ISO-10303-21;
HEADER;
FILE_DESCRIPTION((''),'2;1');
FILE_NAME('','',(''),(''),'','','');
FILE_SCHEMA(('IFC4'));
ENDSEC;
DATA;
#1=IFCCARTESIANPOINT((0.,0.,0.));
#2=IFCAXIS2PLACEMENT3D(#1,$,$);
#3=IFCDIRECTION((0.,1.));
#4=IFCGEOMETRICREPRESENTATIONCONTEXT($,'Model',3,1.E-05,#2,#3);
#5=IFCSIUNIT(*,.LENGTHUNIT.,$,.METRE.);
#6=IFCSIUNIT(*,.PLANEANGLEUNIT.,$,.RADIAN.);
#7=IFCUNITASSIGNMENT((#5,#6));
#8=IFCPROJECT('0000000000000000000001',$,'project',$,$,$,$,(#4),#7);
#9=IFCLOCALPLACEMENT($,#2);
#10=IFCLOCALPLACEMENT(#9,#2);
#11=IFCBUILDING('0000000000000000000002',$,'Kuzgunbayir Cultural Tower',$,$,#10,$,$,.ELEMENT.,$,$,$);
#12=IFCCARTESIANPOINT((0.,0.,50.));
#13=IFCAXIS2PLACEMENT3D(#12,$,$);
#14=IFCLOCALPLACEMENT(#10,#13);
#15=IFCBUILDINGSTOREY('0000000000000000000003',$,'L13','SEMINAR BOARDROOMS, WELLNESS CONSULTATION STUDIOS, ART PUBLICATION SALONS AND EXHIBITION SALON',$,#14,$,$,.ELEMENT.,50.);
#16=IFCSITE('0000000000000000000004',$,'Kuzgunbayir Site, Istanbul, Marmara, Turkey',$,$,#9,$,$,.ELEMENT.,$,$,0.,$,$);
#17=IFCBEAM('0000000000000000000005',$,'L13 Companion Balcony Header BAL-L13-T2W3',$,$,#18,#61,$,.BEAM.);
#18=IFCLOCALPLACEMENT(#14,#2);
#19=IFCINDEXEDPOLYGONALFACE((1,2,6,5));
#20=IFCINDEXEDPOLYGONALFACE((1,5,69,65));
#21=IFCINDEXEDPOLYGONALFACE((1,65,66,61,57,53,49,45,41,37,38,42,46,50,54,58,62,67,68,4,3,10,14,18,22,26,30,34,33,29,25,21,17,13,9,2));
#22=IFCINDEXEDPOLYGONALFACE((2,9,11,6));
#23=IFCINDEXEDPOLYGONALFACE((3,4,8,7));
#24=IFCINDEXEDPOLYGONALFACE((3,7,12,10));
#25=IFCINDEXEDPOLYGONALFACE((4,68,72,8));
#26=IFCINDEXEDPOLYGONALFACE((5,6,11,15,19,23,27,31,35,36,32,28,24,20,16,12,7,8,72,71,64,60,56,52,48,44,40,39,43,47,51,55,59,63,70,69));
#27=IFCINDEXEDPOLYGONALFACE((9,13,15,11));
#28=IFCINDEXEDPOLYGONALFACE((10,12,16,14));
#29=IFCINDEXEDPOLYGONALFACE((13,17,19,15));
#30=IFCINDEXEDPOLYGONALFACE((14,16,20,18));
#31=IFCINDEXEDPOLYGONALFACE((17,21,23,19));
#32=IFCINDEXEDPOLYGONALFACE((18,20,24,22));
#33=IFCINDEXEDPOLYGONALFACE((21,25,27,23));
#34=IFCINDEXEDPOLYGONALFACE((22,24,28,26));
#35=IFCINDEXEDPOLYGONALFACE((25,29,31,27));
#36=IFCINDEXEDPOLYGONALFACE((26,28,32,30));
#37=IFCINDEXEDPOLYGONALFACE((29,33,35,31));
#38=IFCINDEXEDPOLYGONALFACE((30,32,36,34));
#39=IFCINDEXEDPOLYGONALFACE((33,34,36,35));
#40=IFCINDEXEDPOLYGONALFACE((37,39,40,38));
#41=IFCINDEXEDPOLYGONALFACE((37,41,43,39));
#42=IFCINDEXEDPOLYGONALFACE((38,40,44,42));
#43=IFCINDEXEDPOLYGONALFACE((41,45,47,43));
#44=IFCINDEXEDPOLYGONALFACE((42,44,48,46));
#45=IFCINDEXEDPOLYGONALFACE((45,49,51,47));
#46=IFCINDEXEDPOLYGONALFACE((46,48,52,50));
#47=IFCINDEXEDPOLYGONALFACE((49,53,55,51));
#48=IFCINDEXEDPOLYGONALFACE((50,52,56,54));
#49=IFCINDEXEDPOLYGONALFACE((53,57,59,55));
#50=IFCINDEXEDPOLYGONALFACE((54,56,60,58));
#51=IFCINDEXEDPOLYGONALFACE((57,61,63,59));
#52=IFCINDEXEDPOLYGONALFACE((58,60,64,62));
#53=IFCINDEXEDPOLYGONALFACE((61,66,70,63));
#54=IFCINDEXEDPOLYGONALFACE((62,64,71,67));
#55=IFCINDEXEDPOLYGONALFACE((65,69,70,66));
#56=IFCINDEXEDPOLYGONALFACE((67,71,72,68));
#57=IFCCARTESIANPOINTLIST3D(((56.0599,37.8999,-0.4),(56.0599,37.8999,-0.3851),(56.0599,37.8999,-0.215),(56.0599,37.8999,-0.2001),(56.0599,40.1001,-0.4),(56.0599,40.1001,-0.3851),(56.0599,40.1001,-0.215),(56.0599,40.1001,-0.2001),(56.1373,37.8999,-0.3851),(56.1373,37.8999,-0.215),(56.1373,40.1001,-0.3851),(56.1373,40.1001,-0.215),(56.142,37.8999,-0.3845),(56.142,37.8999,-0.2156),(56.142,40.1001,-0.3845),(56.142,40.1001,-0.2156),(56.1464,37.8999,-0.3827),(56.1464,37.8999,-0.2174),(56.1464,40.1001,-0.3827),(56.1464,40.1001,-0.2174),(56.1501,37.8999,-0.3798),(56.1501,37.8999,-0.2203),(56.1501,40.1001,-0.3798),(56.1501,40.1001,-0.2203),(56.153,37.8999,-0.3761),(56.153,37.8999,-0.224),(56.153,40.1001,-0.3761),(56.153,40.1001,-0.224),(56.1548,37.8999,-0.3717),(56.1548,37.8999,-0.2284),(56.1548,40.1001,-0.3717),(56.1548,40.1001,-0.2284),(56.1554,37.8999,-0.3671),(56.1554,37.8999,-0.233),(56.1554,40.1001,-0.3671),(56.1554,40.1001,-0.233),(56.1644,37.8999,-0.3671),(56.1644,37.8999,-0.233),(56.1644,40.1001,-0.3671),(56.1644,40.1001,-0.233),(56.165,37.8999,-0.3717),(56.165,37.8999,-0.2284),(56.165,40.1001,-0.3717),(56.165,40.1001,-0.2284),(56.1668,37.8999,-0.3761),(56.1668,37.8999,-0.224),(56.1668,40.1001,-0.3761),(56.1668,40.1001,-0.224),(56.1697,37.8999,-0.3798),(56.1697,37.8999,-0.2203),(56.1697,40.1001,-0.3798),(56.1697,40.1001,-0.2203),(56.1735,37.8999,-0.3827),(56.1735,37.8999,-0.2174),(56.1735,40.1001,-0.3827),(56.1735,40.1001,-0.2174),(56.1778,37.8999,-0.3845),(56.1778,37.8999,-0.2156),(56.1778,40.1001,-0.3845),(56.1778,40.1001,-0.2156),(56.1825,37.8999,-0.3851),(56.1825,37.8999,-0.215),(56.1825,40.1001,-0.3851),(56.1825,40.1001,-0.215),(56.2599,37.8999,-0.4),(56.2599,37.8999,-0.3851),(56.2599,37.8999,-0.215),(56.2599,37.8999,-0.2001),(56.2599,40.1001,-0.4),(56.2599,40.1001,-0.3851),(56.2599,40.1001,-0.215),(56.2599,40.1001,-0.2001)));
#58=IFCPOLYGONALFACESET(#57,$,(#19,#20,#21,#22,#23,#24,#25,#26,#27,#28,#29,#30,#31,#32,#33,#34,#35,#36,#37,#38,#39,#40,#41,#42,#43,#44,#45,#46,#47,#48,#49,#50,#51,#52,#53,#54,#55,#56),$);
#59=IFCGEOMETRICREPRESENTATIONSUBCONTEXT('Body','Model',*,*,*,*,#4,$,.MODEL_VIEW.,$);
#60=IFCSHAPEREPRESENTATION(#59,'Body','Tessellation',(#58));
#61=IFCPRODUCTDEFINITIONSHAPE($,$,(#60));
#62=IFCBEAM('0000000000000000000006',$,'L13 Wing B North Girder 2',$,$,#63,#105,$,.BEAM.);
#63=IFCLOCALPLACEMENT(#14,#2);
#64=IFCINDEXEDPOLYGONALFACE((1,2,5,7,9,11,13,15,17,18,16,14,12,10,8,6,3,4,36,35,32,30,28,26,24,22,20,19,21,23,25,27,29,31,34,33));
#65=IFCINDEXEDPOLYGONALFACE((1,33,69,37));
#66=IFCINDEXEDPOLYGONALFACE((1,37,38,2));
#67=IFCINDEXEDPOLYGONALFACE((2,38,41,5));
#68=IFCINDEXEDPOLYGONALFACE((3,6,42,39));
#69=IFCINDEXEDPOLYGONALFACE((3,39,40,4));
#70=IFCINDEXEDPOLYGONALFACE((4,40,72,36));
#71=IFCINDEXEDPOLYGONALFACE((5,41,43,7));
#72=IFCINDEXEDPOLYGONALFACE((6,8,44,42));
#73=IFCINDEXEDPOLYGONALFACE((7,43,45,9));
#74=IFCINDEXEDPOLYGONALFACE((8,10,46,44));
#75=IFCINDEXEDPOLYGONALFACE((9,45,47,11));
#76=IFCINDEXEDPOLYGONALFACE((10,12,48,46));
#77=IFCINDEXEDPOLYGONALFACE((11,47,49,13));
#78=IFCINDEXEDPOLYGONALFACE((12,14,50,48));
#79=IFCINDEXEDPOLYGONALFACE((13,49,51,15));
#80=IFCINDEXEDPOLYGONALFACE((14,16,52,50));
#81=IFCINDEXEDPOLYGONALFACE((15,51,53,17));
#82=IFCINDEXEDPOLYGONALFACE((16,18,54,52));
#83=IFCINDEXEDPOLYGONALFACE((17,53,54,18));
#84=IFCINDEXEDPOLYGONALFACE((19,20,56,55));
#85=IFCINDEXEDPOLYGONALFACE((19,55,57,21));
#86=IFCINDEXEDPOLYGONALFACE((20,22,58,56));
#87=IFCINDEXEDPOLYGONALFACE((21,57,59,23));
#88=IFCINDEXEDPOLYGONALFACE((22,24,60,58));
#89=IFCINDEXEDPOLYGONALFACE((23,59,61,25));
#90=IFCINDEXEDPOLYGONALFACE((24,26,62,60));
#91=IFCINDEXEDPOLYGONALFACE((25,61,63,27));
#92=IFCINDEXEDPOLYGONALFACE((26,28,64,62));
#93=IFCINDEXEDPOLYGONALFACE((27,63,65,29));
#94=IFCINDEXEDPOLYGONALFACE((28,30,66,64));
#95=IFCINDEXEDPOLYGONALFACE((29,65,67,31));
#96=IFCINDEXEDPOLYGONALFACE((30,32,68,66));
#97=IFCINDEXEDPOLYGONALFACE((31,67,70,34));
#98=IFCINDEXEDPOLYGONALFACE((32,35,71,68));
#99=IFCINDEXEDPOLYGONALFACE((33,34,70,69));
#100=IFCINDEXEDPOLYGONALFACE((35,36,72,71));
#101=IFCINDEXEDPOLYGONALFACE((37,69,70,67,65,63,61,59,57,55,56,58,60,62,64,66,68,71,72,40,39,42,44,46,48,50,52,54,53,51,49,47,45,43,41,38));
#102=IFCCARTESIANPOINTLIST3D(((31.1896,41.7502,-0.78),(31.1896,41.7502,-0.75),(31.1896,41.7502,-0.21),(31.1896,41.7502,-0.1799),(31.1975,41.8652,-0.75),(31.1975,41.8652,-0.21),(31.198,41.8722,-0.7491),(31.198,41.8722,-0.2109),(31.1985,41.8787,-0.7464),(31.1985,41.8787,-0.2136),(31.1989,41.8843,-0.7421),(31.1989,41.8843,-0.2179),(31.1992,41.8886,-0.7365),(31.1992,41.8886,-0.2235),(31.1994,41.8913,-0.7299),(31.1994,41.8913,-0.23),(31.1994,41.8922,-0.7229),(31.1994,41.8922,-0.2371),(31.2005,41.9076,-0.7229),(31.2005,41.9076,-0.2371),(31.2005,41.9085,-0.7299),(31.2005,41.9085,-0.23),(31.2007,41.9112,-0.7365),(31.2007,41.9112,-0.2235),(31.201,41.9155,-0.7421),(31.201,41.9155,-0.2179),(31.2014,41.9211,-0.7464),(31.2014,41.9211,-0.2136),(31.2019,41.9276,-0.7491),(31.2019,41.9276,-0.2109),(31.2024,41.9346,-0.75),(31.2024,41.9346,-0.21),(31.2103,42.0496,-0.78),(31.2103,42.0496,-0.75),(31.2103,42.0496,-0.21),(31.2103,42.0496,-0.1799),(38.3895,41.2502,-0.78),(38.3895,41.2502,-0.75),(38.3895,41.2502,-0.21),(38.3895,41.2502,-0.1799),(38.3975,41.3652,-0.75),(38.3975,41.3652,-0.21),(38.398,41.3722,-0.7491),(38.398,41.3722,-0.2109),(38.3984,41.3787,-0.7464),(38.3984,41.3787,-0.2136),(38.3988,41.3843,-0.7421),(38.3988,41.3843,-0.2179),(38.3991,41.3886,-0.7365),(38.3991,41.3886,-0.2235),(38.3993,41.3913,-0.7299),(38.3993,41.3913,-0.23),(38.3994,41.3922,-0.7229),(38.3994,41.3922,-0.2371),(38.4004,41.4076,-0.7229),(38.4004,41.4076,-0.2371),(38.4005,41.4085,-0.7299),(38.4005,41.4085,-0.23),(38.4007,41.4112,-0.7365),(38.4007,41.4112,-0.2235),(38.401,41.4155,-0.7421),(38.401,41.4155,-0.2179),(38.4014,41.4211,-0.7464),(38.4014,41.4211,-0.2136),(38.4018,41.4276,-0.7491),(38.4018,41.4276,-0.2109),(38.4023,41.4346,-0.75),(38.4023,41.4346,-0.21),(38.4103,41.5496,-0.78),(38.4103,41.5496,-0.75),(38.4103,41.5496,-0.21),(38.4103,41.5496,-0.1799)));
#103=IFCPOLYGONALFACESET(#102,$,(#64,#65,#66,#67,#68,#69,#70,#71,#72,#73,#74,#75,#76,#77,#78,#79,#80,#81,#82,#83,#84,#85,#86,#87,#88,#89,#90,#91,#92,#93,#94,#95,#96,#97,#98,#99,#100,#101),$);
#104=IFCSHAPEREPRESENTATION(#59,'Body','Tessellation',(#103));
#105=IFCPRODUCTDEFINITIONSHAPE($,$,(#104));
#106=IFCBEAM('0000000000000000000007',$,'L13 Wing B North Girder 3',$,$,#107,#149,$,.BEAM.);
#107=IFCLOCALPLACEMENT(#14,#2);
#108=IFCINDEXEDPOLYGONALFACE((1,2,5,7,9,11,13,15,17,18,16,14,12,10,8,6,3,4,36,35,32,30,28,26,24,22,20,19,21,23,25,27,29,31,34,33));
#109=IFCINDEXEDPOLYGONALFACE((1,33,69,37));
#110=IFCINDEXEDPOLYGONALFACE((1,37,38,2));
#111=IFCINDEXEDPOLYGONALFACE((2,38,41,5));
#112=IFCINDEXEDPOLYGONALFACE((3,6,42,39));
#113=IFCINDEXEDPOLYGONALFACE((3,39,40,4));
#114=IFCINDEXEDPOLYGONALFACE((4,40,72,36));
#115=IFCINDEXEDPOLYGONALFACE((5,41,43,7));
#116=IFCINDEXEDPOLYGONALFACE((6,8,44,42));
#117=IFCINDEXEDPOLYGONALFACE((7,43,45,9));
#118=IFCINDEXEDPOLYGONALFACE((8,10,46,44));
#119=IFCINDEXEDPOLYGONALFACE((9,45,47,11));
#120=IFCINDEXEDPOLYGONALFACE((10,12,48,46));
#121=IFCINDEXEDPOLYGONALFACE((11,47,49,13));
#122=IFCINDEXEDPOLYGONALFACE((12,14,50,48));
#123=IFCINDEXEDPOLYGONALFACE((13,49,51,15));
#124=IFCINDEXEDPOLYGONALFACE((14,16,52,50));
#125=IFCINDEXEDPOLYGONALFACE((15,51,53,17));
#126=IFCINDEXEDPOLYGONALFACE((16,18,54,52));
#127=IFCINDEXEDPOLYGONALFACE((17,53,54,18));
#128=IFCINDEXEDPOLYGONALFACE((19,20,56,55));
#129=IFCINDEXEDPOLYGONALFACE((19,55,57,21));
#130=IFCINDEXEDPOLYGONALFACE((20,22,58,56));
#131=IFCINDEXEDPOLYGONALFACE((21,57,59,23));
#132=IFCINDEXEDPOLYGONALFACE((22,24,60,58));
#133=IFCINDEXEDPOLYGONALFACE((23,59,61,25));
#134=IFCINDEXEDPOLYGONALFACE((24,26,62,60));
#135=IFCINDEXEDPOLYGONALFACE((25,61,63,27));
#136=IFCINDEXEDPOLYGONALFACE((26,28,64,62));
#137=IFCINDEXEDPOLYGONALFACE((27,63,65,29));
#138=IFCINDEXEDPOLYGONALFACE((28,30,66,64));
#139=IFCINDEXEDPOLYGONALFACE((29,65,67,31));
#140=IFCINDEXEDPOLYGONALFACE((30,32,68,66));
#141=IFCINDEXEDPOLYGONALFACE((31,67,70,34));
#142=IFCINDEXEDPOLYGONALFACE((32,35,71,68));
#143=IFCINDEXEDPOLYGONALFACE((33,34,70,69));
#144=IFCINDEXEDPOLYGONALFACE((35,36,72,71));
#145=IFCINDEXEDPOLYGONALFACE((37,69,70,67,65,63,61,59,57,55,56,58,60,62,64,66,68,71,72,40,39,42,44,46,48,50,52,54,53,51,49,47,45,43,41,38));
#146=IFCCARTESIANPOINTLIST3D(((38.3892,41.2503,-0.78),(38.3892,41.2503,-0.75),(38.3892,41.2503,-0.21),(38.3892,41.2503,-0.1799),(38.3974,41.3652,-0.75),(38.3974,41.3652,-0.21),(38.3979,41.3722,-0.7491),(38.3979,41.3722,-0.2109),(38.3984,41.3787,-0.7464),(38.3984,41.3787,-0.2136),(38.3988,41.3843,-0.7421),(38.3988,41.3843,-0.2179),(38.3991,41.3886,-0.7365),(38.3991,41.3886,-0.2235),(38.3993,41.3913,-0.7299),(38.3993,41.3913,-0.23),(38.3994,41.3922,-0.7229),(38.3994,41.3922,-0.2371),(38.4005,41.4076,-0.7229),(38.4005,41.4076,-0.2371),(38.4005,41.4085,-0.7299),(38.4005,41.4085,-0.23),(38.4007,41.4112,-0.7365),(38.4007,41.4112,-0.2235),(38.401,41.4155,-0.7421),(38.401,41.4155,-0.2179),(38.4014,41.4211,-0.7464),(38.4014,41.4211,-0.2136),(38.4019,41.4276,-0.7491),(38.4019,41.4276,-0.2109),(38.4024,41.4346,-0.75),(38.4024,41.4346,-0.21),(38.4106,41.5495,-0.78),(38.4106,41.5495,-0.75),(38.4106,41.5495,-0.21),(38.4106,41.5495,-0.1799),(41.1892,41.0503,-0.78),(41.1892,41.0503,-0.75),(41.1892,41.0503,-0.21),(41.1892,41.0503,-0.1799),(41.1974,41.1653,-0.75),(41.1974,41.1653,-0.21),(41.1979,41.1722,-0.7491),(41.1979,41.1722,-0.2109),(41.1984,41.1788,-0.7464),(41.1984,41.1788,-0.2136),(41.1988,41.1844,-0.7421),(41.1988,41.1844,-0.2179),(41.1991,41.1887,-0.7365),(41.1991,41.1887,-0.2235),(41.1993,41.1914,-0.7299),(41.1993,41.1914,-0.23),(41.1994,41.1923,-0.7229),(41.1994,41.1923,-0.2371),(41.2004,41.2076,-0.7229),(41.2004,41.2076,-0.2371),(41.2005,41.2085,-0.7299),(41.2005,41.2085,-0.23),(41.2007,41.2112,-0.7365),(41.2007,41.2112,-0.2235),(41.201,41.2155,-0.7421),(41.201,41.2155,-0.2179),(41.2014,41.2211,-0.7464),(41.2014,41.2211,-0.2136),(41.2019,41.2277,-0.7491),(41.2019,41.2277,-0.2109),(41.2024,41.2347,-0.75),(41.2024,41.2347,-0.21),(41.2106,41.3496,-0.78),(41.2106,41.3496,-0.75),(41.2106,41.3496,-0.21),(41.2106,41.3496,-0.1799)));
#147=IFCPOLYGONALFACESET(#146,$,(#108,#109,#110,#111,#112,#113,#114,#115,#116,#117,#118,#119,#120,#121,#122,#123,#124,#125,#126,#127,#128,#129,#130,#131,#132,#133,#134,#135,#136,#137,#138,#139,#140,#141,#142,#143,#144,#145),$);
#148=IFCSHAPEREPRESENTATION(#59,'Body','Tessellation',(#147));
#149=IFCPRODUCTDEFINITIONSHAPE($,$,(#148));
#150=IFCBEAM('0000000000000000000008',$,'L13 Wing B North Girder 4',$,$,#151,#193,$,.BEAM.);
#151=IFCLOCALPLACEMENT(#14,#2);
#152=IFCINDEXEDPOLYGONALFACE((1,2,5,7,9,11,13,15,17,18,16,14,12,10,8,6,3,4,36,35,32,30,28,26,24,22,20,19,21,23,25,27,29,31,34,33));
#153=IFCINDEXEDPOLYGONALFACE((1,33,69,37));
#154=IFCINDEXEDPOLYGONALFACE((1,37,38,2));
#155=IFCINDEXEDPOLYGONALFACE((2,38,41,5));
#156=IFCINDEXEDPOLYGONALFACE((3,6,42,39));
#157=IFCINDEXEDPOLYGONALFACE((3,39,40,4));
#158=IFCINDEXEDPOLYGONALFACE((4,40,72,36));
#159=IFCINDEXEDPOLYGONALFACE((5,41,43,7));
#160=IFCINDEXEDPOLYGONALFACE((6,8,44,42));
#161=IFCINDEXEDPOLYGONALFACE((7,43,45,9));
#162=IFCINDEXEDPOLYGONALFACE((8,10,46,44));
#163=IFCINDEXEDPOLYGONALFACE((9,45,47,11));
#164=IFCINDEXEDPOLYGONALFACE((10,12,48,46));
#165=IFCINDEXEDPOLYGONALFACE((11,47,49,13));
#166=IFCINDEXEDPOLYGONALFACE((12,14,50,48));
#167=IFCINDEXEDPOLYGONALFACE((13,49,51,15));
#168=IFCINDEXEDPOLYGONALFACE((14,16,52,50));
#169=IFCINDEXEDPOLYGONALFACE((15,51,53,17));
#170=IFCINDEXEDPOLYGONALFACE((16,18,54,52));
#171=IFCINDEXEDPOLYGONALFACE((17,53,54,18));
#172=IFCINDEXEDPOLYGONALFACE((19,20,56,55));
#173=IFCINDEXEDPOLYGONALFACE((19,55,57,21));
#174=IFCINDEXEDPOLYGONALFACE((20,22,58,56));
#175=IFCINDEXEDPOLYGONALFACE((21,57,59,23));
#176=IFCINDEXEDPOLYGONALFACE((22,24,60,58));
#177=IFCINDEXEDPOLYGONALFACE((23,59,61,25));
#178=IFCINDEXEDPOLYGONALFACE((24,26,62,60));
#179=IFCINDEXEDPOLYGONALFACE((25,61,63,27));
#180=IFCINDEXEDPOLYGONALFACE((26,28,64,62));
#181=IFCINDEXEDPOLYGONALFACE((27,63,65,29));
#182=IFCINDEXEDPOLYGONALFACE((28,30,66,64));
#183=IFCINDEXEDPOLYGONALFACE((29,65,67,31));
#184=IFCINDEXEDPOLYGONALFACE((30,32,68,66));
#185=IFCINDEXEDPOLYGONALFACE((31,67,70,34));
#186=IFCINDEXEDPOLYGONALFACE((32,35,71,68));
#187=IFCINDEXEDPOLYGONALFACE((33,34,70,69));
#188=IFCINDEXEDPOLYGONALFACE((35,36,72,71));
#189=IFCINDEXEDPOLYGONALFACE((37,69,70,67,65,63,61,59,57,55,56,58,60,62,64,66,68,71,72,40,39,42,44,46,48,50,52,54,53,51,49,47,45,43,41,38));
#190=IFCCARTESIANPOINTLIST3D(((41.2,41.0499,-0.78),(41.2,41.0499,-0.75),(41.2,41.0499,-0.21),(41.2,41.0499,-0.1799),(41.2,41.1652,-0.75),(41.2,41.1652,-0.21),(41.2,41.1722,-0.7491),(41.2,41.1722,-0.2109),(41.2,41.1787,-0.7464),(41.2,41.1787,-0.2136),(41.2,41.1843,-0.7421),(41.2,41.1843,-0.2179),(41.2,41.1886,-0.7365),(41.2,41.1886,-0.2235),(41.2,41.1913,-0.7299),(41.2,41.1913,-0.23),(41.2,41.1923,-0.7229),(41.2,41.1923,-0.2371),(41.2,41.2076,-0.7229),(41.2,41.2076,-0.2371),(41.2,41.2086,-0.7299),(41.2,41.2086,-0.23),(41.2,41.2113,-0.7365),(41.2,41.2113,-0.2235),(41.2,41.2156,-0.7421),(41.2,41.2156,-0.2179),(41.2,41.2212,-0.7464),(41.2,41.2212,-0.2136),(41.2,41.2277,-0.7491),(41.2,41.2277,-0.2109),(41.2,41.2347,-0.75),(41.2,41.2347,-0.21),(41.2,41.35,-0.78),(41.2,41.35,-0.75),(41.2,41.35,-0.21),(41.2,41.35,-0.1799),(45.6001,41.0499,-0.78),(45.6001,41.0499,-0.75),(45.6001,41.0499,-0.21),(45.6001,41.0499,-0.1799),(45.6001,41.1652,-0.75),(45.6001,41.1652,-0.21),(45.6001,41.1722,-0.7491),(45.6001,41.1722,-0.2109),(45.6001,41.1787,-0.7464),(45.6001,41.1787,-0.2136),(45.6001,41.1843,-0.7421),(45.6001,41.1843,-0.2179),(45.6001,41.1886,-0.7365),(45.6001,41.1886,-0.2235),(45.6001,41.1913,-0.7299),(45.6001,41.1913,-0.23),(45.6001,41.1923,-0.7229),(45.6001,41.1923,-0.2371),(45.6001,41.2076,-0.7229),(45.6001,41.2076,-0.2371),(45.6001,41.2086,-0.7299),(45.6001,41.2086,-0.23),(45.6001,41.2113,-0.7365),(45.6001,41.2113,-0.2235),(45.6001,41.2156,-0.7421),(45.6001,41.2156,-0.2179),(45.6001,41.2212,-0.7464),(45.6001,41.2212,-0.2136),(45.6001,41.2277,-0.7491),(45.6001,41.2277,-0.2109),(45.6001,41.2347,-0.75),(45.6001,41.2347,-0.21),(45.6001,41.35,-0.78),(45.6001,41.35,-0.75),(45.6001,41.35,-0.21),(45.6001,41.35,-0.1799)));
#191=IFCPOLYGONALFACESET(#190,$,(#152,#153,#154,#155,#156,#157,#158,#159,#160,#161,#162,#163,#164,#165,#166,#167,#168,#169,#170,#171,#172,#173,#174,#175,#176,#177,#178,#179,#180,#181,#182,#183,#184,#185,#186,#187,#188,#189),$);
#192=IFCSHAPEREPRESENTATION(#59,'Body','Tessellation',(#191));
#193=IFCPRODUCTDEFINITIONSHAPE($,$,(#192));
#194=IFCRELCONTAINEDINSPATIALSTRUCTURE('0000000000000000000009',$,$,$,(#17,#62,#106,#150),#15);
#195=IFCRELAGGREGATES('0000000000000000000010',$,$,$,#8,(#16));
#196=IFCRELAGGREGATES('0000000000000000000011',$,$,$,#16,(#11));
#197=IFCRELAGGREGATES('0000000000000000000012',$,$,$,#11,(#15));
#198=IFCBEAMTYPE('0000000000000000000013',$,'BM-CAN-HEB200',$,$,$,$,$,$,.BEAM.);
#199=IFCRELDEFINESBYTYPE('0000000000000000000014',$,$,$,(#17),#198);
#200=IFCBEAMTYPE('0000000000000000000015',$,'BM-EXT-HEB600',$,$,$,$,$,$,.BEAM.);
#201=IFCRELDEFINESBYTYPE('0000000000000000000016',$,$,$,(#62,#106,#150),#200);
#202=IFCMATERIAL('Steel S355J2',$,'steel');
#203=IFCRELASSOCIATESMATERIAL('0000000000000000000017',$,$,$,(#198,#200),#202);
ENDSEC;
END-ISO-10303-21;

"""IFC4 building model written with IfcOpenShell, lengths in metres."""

from ifc_helpers import new_model, si_unit, direction, frame, origin, origin_2d, place, context, subcontext, project, spatial, i_section, extrude, material, material_profile, profile_set, type_object, element, save


model = new_model("IFC4")

# Units and contexts
model_context = context("Model", 3, precision=1e-05, world=origin(), true_north=direction((0.0, 1.0)))
body_context = subcontext(model_context, "Body", "Model", "MODEL_VIEW")
ifc_project = project(units=[si_unit("LENGTHUNIT", "METRE"), si_unit("PLANEANGLEUNIT", "RADIAN")], contexts=[model_context])

# Site, building, storey
site_placement = place(None, origin())
site = spatial("IfcSite", under=ifc_project, at=site_placement, Name="Kuzgunbayir Site, Istanbul, Marmara, Turkey", CompositionType="ELEMENT", RefElevation=0.0)
building_placement = place(site_placement, origin())
building = spatial("IfcBuilding", under=site, at=building_placement, Name="Kuzgunbayir Cultural Tower", CompositionType="ELEMENT")
storey_placement = place(building_placement, frame((0.0, 0.0, 50.0)))
storey = spatial("IfcBuildingStorey", under=building, at=storey_placement, Name="L13", Description="SEMINAR BOARDROOMS, WELLNESS CONSULTATION STUDIOS, ART PUBLICATION SALONS AND EXHIBITION SALON", CompositionType="ELEMENT", Elevation=50.0)

# Beams
ifc_material_1 = material(Name="Steel S355J2", Category="steel")
ifc_material_profile_1 = material_profile(ifc_material_1, i_section(OverallWidth=0.2, OverallDepth=0.2, WebThickness=0.009, FlangeThickness=0.0149, FilletRadius=0.0181, at=origin_2d()), Name="HEB 200")
ifc_profile_set_1 = profile_set([ifc_material_profile_1], Name="Steel S355J2")
beam_type_1 = type_object("IfcBeamType", Name="BM-CAN-HEB200", PredefinedType="BEAM", material=ifc_profile_set_1)
beam_1_placement = place(storey_placement, frame((56.1599, 37.8999, -0.3), z_axis=(0.0, 1.0, 0.0), x_axis=(-1.0, 0.0, 0.0)))
element("IfcBeam", 1, at=beam_1_placement, inside=storey, type_object=beam_type_1, Name="L13 Companion Balcony Header BAL-L13-T2W3", PredefinedType="BEAM", context=body_context, shape_type="SweptSolid", body=[
    extrude(i_section(OverallWidth=0.2, OverallDepth=0.2, WebThickness=0.009, FlangeThickness=0.0149, FilletRadius=0.0181, at=origin_2d()), origin(), (0.0, 0.0, 1.0), 2.2002),
])
ifc_material_profile_2 = material_profile(ifc_material_1, i_section(OverallWidth=0.3, OverallDepth=0.6001, WebThickness=0.0154, FlangeThickness=0.03, FilletRadius=0.0271, at=origin_2d()), Name="HEB 600")
ifc_profile_set_2 = profile_set([ifc_material_profile_2], Name="Steel S355J2")
beam_type_2 = type_object("IfcBeamType", Name="BM-EXT-HEB600", PredefinedType="BEAM", material=ifc_profile_set_2)
beam_2_placement = place(storey_placement, frame((31.2, 41.8999, -0.48), z_axis=(0.997597, -0.069278, 0.0), x_axis=(0.069278, 0.997597, 0.0)))
element("IfcBeam", 2, at=beam_2_placement, inside=storey, type_object=beam_type_2, Name="L13 Wing B North Girder 2", PredefinedType="BEAM", context=body_context, shape_type="SweptSolid", body=[
    extrude(i_section(OverallWidth=0.3, OverallDepth=0.6001, WebThickness=0.0154, FlangeThickness=0.03, FilletRadius=0.0271, at=origin_2d()), origin(), (0.0, 0.0, 1.0), 7.2173),
])
beam_3_placement = place(storey_placement, frame((38.3999, 41.3999, -0.48), z_axis=(0.99746, -0.071229, 0.0), x_axis=(0.071229, 0.99746, 0.0)))
element("IfcBeam", 3, at=beam_3_placement, inside=storey, type_object=beam_type_2, Name="L13 Wing B North Girder 3", PredefinedType="BEAM", context=body_context, shape_type="SweptSolid", body=[
    extrude(i_section(OverallWidth=0.3, OverallDepth=0.6001, WebThickness=0.0154, FlangeThickness=0.03, FilletRadius=0.0271, at=origin_2d()), origin(), (0.0, 0.0, 1.0), 2.8071),
])
beam_4_placement = place(storey_placement, frame((41.2, 41.2, -0.48), z_axis=(1.0, 0.0, 0.0), x_axis=(0.0, 1.0, 0.0)))
element("IfcBeam", 4, at=beam_4_placement, inside=storey, type_object=beam_type_2, Name="L13 Wing B North Girder 4", PredefinedType="BEAM", context=body_context, shape_type="SweptSolid", body=[
    extrude(i_section(OverallWidth=0.3, OverallDepth=0.6001, WebThickness=0.0154, FlangeThickness=0.03, FilletRadius=0.0271, at=origin_2d()), origin(), (0.0, 0.0, 1.0), 4.4001),
])

save(model, "model.ifc")
